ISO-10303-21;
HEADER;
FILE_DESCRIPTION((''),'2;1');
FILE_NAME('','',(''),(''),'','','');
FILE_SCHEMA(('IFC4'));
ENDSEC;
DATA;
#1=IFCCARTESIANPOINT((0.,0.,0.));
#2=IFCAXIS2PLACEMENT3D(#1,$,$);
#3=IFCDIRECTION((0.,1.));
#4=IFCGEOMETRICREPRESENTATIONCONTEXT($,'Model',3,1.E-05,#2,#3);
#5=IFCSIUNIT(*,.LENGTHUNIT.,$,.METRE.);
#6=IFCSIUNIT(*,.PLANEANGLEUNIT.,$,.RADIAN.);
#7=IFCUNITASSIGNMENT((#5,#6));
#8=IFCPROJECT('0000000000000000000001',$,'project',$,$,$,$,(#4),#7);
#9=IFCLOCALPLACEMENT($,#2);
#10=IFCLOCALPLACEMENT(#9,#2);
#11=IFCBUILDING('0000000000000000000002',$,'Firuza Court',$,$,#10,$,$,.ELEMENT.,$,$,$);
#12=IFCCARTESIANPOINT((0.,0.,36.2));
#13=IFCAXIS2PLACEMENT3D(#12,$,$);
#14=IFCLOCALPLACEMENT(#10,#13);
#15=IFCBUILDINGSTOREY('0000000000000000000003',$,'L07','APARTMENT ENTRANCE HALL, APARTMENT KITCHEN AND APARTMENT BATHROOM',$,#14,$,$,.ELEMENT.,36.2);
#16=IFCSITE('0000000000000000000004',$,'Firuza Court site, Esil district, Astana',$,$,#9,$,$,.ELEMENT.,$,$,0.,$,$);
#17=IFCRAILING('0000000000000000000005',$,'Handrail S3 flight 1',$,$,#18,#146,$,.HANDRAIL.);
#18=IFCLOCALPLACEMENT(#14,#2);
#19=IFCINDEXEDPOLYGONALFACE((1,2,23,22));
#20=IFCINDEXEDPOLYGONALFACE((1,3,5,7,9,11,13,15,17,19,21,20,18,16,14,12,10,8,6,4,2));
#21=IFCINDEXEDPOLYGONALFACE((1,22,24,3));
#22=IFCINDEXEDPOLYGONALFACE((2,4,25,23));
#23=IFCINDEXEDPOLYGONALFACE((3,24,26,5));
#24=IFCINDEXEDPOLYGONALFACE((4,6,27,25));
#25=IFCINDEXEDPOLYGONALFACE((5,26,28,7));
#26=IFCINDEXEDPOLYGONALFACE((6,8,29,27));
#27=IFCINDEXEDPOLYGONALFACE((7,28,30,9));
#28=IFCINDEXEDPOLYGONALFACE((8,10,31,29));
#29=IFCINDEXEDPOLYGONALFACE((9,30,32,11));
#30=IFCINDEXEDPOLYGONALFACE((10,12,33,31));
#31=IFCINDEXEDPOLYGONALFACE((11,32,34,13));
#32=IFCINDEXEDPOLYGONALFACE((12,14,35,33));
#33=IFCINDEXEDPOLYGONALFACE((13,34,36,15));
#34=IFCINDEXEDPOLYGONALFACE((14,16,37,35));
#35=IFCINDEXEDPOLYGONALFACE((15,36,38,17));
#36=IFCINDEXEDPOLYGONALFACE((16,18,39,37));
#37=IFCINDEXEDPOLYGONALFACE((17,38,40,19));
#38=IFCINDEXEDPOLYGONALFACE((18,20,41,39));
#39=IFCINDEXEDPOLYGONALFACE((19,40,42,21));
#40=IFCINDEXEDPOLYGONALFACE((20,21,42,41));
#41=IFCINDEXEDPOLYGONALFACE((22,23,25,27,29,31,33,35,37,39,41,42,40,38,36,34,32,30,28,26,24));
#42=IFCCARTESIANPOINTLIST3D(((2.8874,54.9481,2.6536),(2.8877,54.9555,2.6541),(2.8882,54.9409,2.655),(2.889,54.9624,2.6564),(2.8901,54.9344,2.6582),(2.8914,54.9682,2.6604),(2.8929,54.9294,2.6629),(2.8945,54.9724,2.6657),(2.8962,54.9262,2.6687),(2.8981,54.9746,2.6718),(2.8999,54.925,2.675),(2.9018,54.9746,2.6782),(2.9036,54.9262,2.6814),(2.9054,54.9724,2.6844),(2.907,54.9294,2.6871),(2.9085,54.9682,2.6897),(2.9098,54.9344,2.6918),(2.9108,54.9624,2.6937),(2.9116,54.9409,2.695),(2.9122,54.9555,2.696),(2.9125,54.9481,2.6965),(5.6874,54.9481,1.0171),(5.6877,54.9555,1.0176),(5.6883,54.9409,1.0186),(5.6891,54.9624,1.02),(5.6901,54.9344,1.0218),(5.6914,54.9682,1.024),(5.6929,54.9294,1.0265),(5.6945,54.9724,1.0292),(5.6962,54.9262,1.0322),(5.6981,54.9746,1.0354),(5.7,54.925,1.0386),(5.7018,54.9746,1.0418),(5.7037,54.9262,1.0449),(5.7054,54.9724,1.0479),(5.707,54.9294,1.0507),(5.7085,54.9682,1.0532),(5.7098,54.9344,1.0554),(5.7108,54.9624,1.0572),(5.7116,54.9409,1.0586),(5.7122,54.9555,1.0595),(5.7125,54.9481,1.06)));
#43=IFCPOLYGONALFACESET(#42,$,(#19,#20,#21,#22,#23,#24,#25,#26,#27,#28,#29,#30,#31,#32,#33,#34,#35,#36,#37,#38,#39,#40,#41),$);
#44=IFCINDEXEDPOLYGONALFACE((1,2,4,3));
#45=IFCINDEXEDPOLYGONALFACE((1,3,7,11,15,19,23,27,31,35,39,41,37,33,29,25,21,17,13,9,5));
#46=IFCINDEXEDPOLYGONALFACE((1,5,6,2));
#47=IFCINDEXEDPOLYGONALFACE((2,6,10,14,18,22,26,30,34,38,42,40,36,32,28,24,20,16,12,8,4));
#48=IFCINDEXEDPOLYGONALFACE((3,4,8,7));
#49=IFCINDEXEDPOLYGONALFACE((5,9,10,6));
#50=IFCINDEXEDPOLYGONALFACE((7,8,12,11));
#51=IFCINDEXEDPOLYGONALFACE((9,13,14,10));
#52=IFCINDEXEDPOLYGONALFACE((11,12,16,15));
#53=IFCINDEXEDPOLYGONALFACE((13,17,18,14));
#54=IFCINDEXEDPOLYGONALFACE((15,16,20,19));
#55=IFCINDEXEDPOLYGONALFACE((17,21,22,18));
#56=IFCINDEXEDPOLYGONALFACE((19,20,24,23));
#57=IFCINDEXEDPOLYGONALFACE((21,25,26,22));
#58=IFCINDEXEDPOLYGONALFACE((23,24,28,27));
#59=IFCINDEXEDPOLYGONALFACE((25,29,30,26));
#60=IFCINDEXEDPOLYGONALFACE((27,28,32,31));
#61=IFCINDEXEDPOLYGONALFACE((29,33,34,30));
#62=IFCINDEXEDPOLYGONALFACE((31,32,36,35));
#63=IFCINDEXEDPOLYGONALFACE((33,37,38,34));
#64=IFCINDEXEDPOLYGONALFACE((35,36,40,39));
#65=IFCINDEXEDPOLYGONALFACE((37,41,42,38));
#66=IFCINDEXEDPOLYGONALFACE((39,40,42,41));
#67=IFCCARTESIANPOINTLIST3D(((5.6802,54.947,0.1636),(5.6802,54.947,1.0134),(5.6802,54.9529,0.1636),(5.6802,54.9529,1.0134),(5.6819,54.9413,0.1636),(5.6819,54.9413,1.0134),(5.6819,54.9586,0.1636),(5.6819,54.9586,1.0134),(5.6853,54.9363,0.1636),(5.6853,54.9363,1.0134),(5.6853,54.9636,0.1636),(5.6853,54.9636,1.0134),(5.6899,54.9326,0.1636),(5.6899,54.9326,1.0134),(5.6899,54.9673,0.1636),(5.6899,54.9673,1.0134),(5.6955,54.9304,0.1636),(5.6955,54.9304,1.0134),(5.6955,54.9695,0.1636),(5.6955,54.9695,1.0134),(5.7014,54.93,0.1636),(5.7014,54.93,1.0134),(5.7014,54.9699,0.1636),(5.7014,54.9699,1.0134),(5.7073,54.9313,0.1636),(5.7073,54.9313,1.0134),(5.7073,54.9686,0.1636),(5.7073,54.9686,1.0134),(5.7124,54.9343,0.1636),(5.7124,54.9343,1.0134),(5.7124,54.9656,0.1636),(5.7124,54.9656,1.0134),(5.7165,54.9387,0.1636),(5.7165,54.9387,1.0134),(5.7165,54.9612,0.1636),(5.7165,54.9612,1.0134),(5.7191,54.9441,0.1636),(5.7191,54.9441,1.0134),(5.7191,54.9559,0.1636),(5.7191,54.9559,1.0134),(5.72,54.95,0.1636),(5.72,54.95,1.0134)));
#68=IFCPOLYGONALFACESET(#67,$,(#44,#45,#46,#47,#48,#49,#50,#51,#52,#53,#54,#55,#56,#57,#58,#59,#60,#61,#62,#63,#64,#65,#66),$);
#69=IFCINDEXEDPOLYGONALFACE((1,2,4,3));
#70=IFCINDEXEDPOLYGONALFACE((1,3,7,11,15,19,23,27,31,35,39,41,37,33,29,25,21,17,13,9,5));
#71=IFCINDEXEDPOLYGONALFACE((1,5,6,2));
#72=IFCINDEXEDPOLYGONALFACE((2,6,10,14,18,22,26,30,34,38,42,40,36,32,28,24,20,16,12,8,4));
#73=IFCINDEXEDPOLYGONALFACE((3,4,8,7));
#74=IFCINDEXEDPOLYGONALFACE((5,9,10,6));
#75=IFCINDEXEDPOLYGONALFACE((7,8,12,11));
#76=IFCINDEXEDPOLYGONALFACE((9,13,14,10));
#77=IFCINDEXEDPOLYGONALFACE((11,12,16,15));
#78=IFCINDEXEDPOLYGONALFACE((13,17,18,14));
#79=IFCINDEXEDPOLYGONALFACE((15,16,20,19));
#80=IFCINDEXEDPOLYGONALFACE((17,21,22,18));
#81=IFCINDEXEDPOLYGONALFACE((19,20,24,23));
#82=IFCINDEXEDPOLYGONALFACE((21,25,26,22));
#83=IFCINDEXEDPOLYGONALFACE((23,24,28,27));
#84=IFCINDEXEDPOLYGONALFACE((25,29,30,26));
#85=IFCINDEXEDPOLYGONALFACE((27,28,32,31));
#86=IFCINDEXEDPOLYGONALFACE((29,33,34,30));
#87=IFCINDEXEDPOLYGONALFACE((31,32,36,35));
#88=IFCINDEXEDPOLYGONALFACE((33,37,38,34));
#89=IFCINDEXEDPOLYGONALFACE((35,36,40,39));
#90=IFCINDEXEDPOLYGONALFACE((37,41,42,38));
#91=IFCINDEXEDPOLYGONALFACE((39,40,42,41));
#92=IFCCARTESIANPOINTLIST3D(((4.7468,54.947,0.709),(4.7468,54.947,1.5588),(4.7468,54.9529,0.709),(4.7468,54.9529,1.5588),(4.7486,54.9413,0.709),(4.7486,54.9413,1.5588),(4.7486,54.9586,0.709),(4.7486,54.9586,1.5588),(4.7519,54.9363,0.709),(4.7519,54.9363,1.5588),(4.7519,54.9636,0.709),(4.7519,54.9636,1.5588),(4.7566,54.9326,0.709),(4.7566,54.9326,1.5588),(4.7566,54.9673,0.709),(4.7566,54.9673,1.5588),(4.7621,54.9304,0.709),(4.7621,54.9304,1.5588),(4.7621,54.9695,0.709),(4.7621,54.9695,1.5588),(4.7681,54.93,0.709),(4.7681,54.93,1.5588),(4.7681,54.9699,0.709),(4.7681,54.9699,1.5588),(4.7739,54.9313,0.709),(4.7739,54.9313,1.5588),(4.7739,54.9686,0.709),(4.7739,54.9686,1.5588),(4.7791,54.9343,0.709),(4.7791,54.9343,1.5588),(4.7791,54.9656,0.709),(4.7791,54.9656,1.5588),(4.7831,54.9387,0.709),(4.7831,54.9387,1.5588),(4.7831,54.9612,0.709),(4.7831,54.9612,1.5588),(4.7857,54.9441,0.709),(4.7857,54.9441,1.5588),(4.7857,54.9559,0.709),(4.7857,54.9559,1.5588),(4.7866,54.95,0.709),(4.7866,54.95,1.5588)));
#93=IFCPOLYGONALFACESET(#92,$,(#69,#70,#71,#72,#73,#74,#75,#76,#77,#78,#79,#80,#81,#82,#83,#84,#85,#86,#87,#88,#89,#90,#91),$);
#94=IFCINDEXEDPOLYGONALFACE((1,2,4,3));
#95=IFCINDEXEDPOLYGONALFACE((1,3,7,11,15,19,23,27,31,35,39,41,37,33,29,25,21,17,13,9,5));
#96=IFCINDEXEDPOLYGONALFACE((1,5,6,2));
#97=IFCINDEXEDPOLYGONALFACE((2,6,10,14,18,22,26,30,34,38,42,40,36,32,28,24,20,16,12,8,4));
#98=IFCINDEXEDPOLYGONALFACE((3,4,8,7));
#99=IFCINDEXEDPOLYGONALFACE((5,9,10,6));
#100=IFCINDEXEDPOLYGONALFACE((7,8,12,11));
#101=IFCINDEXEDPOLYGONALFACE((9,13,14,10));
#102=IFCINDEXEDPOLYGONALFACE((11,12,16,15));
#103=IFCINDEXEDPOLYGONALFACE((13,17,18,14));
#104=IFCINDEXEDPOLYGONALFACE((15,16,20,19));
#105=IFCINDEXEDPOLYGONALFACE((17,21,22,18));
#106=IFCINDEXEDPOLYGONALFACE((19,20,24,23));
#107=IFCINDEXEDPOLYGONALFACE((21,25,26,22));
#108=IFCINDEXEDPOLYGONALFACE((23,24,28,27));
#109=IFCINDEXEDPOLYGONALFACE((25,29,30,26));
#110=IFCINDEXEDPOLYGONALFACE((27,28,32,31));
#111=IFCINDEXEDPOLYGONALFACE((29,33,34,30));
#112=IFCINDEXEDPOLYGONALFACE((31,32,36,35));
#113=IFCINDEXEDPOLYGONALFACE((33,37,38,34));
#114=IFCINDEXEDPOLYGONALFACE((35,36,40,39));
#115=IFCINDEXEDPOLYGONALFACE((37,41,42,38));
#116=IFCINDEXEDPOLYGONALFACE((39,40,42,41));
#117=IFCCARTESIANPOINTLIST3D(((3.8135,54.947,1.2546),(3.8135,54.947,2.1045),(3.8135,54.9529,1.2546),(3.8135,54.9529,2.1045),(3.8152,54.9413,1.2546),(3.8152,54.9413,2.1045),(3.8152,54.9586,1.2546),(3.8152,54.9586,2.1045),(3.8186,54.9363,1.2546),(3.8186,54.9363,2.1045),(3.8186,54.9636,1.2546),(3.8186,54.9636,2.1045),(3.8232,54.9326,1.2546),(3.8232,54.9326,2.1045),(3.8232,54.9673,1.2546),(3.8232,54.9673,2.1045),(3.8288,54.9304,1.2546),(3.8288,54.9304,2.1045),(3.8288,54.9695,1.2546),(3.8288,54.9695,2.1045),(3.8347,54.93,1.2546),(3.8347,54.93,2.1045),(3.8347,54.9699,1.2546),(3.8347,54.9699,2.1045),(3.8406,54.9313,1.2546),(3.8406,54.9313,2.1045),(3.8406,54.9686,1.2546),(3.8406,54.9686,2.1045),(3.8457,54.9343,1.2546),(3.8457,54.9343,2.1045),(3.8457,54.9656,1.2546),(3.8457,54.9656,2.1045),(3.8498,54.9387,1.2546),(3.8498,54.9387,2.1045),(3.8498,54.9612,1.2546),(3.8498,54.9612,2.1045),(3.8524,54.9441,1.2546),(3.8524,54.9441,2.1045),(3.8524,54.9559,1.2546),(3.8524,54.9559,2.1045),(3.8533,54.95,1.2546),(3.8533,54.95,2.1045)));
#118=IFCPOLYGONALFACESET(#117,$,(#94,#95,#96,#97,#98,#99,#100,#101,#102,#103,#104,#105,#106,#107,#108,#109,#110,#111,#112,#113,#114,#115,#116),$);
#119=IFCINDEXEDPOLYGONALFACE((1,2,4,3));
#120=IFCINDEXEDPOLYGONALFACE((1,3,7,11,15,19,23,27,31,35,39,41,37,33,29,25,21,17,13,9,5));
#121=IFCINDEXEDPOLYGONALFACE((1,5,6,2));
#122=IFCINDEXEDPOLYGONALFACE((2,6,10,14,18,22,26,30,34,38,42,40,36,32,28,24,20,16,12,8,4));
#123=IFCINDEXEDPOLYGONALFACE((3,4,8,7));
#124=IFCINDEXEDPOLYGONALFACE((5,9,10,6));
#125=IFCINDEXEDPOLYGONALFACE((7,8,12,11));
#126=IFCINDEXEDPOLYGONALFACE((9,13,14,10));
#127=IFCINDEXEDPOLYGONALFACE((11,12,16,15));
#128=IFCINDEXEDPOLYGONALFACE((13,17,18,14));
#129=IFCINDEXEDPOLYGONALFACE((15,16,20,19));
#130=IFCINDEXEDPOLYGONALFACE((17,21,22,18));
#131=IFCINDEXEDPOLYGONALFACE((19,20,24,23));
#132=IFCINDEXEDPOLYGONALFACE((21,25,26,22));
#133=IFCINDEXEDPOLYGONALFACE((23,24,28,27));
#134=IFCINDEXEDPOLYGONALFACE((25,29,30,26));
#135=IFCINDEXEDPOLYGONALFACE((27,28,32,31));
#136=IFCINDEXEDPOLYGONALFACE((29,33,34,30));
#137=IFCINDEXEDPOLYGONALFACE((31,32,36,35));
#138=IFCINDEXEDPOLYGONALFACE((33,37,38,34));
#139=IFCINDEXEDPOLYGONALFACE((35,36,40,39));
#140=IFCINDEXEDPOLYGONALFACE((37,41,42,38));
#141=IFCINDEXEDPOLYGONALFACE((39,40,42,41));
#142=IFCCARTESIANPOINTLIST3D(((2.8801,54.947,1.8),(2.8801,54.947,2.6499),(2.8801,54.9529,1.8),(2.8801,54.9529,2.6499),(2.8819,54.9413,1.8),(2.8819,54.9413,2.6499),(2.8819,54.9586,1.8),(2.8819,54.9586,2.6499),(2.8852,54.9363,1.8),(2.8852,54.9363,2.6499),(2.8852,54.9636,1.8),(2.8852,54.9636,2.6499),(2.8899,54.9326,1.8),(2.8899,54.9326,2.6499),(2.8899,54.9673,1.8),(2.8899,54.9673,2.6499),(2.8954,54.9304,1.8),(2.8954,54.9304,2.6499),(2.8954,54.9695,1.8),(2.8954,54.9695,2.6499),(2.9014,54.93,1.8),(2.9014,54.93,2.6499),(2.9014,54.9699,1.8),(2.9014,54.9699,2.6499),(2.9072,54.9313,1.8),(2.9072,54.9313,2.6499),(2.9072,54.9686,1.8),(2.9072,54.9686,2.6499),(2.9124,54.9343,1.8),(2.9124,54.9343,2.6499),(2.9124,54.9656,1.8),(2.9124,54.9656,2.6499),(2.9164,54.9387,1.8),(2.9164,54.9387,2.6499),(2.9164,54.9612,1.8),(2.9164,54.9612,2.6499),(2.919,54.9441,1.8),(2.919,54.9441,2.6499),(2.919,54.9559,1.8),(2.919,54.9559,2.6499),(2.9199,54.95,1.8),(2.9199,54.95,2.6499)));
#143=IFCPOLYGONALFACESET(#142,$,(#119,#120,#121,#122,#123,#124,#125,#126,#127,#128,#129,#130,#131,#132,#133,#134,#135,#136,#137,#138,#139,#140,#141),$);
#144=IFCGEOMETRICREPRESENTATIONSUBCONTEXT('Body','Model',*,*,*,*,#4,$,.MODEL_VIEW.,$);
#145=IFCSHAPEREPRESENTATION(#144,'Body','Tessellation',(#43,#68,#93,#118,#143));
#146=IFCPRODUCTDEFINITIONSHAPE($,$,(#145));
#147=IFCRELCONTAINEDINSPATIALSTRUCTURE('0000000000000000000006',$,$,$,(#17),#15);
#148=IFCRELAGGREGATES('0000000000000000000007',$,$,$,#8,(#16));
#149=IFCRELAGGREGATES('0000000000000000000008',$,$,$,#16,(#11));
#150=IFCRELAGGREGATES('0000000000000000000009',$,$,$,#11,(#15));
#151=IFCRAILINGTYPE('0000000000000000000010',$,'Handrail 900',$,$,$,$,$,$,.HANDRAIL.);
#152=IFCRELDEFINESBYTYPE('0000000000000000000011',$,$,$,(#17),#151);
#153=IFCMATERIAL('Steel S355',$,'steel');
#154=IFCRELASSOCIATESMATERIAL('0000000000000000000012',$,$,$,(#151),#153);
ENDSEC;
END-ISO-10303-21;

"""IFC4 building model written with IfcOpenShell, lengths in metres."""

from ifc_helpers import new_model, si_unit, direction, frame, origin, origin_2d, place, context, subcontext, project, spatial, circle, extrude, material, type_object, element, save


model = new_model("IFC4")

# Units and contexts
model_context = context("Model", 3, precision=1e-05, world=origin(), true_north=direction((0.0, 1.0)))
body_context = subcontext(model_context, "Body", "Model", "MODEL_VIEW")
ifc_project = project(units=[si_unit("LENGTHUNIT", "METRE"), si_unit("PLANEANGLEUNIT", "RADIAN")], contexts=[model_context])

# Site, building, storey
site_placement = place(None, origin())
site = spatial("IfcSite", under=ifc_project, at=site_placement, Name="Firuza Court site, Esil district, Astana", CompositionType="ELEMENT", RefElevation=0.0)
building_placement = place(site_placement, origin())
building = spatial("IfcBuilding", under=site, at=building_placement, Name="Firuza Court", CompositionType="ELEMENT")
storey_placement = place(building_placement, frame((0.0, 0.0, 36.2)))
storey = spatial("IfcBuildingStorey", under=building, at=storey_placement, Name="L07", Description="APARTMENT ENTRANCE HALL, APARTMENT KITCHEN AND APARTMENT BATHROOM", CompositionType="ELEMENT", Elevation=36.2)

# Railing
ifc_material_1 = material(Name="Steel S355", Category="steel")
railing_type_1 = type_object("IfcRailingType", Name="Handrail 900", PredefinedType="HANDRAIL", material=ifc_material_1)
railing_1_placement = place(storey_placement, frame((5.7, 54.95, 0.1636)))
element("IfcRailing", 1, at=railing_1_placement, inside=storey, type_object=railing_type_1, Name="Handrail S3 flight 1", PredefinedType="HANDRAIL", context=body_context, shape_type="SweptSolid", body=[
    extrude(circle(Radius=0.0249, at=origin_2d()), frame((0.0, 0.0, 0.875), z_axis=(-0.863361, 0.0, 0.504587), x_axis=(0.0, -1.0, 0.0)), (0.0, 0.0, 1.0), 3.2432),
    extrude(circle(Radius=0.02, at=origin_2d()), origin(), (0.0, 0.0, 1.0), 0.8499),
    extrude(circle(Radius=0.02, at=origin_2d()), frame((-0.9333, 0.0, 0.5454)), (0.0, 0.0, 1.0), 0.8499),
    extrude(circle(Radius=0.02, at=origin_2d()), frame((-1.8667, 0.0, 1.0911)), (0.0, 0.0, 1.0), 0.8499),
    extrude(circle(Radius=0.02, at=origin_2d()), frame((-2.8, 0.0, 1.6365)), (0.0, 0.0, 1.0), 0.8499),
])

save(model, "model.ifc")
